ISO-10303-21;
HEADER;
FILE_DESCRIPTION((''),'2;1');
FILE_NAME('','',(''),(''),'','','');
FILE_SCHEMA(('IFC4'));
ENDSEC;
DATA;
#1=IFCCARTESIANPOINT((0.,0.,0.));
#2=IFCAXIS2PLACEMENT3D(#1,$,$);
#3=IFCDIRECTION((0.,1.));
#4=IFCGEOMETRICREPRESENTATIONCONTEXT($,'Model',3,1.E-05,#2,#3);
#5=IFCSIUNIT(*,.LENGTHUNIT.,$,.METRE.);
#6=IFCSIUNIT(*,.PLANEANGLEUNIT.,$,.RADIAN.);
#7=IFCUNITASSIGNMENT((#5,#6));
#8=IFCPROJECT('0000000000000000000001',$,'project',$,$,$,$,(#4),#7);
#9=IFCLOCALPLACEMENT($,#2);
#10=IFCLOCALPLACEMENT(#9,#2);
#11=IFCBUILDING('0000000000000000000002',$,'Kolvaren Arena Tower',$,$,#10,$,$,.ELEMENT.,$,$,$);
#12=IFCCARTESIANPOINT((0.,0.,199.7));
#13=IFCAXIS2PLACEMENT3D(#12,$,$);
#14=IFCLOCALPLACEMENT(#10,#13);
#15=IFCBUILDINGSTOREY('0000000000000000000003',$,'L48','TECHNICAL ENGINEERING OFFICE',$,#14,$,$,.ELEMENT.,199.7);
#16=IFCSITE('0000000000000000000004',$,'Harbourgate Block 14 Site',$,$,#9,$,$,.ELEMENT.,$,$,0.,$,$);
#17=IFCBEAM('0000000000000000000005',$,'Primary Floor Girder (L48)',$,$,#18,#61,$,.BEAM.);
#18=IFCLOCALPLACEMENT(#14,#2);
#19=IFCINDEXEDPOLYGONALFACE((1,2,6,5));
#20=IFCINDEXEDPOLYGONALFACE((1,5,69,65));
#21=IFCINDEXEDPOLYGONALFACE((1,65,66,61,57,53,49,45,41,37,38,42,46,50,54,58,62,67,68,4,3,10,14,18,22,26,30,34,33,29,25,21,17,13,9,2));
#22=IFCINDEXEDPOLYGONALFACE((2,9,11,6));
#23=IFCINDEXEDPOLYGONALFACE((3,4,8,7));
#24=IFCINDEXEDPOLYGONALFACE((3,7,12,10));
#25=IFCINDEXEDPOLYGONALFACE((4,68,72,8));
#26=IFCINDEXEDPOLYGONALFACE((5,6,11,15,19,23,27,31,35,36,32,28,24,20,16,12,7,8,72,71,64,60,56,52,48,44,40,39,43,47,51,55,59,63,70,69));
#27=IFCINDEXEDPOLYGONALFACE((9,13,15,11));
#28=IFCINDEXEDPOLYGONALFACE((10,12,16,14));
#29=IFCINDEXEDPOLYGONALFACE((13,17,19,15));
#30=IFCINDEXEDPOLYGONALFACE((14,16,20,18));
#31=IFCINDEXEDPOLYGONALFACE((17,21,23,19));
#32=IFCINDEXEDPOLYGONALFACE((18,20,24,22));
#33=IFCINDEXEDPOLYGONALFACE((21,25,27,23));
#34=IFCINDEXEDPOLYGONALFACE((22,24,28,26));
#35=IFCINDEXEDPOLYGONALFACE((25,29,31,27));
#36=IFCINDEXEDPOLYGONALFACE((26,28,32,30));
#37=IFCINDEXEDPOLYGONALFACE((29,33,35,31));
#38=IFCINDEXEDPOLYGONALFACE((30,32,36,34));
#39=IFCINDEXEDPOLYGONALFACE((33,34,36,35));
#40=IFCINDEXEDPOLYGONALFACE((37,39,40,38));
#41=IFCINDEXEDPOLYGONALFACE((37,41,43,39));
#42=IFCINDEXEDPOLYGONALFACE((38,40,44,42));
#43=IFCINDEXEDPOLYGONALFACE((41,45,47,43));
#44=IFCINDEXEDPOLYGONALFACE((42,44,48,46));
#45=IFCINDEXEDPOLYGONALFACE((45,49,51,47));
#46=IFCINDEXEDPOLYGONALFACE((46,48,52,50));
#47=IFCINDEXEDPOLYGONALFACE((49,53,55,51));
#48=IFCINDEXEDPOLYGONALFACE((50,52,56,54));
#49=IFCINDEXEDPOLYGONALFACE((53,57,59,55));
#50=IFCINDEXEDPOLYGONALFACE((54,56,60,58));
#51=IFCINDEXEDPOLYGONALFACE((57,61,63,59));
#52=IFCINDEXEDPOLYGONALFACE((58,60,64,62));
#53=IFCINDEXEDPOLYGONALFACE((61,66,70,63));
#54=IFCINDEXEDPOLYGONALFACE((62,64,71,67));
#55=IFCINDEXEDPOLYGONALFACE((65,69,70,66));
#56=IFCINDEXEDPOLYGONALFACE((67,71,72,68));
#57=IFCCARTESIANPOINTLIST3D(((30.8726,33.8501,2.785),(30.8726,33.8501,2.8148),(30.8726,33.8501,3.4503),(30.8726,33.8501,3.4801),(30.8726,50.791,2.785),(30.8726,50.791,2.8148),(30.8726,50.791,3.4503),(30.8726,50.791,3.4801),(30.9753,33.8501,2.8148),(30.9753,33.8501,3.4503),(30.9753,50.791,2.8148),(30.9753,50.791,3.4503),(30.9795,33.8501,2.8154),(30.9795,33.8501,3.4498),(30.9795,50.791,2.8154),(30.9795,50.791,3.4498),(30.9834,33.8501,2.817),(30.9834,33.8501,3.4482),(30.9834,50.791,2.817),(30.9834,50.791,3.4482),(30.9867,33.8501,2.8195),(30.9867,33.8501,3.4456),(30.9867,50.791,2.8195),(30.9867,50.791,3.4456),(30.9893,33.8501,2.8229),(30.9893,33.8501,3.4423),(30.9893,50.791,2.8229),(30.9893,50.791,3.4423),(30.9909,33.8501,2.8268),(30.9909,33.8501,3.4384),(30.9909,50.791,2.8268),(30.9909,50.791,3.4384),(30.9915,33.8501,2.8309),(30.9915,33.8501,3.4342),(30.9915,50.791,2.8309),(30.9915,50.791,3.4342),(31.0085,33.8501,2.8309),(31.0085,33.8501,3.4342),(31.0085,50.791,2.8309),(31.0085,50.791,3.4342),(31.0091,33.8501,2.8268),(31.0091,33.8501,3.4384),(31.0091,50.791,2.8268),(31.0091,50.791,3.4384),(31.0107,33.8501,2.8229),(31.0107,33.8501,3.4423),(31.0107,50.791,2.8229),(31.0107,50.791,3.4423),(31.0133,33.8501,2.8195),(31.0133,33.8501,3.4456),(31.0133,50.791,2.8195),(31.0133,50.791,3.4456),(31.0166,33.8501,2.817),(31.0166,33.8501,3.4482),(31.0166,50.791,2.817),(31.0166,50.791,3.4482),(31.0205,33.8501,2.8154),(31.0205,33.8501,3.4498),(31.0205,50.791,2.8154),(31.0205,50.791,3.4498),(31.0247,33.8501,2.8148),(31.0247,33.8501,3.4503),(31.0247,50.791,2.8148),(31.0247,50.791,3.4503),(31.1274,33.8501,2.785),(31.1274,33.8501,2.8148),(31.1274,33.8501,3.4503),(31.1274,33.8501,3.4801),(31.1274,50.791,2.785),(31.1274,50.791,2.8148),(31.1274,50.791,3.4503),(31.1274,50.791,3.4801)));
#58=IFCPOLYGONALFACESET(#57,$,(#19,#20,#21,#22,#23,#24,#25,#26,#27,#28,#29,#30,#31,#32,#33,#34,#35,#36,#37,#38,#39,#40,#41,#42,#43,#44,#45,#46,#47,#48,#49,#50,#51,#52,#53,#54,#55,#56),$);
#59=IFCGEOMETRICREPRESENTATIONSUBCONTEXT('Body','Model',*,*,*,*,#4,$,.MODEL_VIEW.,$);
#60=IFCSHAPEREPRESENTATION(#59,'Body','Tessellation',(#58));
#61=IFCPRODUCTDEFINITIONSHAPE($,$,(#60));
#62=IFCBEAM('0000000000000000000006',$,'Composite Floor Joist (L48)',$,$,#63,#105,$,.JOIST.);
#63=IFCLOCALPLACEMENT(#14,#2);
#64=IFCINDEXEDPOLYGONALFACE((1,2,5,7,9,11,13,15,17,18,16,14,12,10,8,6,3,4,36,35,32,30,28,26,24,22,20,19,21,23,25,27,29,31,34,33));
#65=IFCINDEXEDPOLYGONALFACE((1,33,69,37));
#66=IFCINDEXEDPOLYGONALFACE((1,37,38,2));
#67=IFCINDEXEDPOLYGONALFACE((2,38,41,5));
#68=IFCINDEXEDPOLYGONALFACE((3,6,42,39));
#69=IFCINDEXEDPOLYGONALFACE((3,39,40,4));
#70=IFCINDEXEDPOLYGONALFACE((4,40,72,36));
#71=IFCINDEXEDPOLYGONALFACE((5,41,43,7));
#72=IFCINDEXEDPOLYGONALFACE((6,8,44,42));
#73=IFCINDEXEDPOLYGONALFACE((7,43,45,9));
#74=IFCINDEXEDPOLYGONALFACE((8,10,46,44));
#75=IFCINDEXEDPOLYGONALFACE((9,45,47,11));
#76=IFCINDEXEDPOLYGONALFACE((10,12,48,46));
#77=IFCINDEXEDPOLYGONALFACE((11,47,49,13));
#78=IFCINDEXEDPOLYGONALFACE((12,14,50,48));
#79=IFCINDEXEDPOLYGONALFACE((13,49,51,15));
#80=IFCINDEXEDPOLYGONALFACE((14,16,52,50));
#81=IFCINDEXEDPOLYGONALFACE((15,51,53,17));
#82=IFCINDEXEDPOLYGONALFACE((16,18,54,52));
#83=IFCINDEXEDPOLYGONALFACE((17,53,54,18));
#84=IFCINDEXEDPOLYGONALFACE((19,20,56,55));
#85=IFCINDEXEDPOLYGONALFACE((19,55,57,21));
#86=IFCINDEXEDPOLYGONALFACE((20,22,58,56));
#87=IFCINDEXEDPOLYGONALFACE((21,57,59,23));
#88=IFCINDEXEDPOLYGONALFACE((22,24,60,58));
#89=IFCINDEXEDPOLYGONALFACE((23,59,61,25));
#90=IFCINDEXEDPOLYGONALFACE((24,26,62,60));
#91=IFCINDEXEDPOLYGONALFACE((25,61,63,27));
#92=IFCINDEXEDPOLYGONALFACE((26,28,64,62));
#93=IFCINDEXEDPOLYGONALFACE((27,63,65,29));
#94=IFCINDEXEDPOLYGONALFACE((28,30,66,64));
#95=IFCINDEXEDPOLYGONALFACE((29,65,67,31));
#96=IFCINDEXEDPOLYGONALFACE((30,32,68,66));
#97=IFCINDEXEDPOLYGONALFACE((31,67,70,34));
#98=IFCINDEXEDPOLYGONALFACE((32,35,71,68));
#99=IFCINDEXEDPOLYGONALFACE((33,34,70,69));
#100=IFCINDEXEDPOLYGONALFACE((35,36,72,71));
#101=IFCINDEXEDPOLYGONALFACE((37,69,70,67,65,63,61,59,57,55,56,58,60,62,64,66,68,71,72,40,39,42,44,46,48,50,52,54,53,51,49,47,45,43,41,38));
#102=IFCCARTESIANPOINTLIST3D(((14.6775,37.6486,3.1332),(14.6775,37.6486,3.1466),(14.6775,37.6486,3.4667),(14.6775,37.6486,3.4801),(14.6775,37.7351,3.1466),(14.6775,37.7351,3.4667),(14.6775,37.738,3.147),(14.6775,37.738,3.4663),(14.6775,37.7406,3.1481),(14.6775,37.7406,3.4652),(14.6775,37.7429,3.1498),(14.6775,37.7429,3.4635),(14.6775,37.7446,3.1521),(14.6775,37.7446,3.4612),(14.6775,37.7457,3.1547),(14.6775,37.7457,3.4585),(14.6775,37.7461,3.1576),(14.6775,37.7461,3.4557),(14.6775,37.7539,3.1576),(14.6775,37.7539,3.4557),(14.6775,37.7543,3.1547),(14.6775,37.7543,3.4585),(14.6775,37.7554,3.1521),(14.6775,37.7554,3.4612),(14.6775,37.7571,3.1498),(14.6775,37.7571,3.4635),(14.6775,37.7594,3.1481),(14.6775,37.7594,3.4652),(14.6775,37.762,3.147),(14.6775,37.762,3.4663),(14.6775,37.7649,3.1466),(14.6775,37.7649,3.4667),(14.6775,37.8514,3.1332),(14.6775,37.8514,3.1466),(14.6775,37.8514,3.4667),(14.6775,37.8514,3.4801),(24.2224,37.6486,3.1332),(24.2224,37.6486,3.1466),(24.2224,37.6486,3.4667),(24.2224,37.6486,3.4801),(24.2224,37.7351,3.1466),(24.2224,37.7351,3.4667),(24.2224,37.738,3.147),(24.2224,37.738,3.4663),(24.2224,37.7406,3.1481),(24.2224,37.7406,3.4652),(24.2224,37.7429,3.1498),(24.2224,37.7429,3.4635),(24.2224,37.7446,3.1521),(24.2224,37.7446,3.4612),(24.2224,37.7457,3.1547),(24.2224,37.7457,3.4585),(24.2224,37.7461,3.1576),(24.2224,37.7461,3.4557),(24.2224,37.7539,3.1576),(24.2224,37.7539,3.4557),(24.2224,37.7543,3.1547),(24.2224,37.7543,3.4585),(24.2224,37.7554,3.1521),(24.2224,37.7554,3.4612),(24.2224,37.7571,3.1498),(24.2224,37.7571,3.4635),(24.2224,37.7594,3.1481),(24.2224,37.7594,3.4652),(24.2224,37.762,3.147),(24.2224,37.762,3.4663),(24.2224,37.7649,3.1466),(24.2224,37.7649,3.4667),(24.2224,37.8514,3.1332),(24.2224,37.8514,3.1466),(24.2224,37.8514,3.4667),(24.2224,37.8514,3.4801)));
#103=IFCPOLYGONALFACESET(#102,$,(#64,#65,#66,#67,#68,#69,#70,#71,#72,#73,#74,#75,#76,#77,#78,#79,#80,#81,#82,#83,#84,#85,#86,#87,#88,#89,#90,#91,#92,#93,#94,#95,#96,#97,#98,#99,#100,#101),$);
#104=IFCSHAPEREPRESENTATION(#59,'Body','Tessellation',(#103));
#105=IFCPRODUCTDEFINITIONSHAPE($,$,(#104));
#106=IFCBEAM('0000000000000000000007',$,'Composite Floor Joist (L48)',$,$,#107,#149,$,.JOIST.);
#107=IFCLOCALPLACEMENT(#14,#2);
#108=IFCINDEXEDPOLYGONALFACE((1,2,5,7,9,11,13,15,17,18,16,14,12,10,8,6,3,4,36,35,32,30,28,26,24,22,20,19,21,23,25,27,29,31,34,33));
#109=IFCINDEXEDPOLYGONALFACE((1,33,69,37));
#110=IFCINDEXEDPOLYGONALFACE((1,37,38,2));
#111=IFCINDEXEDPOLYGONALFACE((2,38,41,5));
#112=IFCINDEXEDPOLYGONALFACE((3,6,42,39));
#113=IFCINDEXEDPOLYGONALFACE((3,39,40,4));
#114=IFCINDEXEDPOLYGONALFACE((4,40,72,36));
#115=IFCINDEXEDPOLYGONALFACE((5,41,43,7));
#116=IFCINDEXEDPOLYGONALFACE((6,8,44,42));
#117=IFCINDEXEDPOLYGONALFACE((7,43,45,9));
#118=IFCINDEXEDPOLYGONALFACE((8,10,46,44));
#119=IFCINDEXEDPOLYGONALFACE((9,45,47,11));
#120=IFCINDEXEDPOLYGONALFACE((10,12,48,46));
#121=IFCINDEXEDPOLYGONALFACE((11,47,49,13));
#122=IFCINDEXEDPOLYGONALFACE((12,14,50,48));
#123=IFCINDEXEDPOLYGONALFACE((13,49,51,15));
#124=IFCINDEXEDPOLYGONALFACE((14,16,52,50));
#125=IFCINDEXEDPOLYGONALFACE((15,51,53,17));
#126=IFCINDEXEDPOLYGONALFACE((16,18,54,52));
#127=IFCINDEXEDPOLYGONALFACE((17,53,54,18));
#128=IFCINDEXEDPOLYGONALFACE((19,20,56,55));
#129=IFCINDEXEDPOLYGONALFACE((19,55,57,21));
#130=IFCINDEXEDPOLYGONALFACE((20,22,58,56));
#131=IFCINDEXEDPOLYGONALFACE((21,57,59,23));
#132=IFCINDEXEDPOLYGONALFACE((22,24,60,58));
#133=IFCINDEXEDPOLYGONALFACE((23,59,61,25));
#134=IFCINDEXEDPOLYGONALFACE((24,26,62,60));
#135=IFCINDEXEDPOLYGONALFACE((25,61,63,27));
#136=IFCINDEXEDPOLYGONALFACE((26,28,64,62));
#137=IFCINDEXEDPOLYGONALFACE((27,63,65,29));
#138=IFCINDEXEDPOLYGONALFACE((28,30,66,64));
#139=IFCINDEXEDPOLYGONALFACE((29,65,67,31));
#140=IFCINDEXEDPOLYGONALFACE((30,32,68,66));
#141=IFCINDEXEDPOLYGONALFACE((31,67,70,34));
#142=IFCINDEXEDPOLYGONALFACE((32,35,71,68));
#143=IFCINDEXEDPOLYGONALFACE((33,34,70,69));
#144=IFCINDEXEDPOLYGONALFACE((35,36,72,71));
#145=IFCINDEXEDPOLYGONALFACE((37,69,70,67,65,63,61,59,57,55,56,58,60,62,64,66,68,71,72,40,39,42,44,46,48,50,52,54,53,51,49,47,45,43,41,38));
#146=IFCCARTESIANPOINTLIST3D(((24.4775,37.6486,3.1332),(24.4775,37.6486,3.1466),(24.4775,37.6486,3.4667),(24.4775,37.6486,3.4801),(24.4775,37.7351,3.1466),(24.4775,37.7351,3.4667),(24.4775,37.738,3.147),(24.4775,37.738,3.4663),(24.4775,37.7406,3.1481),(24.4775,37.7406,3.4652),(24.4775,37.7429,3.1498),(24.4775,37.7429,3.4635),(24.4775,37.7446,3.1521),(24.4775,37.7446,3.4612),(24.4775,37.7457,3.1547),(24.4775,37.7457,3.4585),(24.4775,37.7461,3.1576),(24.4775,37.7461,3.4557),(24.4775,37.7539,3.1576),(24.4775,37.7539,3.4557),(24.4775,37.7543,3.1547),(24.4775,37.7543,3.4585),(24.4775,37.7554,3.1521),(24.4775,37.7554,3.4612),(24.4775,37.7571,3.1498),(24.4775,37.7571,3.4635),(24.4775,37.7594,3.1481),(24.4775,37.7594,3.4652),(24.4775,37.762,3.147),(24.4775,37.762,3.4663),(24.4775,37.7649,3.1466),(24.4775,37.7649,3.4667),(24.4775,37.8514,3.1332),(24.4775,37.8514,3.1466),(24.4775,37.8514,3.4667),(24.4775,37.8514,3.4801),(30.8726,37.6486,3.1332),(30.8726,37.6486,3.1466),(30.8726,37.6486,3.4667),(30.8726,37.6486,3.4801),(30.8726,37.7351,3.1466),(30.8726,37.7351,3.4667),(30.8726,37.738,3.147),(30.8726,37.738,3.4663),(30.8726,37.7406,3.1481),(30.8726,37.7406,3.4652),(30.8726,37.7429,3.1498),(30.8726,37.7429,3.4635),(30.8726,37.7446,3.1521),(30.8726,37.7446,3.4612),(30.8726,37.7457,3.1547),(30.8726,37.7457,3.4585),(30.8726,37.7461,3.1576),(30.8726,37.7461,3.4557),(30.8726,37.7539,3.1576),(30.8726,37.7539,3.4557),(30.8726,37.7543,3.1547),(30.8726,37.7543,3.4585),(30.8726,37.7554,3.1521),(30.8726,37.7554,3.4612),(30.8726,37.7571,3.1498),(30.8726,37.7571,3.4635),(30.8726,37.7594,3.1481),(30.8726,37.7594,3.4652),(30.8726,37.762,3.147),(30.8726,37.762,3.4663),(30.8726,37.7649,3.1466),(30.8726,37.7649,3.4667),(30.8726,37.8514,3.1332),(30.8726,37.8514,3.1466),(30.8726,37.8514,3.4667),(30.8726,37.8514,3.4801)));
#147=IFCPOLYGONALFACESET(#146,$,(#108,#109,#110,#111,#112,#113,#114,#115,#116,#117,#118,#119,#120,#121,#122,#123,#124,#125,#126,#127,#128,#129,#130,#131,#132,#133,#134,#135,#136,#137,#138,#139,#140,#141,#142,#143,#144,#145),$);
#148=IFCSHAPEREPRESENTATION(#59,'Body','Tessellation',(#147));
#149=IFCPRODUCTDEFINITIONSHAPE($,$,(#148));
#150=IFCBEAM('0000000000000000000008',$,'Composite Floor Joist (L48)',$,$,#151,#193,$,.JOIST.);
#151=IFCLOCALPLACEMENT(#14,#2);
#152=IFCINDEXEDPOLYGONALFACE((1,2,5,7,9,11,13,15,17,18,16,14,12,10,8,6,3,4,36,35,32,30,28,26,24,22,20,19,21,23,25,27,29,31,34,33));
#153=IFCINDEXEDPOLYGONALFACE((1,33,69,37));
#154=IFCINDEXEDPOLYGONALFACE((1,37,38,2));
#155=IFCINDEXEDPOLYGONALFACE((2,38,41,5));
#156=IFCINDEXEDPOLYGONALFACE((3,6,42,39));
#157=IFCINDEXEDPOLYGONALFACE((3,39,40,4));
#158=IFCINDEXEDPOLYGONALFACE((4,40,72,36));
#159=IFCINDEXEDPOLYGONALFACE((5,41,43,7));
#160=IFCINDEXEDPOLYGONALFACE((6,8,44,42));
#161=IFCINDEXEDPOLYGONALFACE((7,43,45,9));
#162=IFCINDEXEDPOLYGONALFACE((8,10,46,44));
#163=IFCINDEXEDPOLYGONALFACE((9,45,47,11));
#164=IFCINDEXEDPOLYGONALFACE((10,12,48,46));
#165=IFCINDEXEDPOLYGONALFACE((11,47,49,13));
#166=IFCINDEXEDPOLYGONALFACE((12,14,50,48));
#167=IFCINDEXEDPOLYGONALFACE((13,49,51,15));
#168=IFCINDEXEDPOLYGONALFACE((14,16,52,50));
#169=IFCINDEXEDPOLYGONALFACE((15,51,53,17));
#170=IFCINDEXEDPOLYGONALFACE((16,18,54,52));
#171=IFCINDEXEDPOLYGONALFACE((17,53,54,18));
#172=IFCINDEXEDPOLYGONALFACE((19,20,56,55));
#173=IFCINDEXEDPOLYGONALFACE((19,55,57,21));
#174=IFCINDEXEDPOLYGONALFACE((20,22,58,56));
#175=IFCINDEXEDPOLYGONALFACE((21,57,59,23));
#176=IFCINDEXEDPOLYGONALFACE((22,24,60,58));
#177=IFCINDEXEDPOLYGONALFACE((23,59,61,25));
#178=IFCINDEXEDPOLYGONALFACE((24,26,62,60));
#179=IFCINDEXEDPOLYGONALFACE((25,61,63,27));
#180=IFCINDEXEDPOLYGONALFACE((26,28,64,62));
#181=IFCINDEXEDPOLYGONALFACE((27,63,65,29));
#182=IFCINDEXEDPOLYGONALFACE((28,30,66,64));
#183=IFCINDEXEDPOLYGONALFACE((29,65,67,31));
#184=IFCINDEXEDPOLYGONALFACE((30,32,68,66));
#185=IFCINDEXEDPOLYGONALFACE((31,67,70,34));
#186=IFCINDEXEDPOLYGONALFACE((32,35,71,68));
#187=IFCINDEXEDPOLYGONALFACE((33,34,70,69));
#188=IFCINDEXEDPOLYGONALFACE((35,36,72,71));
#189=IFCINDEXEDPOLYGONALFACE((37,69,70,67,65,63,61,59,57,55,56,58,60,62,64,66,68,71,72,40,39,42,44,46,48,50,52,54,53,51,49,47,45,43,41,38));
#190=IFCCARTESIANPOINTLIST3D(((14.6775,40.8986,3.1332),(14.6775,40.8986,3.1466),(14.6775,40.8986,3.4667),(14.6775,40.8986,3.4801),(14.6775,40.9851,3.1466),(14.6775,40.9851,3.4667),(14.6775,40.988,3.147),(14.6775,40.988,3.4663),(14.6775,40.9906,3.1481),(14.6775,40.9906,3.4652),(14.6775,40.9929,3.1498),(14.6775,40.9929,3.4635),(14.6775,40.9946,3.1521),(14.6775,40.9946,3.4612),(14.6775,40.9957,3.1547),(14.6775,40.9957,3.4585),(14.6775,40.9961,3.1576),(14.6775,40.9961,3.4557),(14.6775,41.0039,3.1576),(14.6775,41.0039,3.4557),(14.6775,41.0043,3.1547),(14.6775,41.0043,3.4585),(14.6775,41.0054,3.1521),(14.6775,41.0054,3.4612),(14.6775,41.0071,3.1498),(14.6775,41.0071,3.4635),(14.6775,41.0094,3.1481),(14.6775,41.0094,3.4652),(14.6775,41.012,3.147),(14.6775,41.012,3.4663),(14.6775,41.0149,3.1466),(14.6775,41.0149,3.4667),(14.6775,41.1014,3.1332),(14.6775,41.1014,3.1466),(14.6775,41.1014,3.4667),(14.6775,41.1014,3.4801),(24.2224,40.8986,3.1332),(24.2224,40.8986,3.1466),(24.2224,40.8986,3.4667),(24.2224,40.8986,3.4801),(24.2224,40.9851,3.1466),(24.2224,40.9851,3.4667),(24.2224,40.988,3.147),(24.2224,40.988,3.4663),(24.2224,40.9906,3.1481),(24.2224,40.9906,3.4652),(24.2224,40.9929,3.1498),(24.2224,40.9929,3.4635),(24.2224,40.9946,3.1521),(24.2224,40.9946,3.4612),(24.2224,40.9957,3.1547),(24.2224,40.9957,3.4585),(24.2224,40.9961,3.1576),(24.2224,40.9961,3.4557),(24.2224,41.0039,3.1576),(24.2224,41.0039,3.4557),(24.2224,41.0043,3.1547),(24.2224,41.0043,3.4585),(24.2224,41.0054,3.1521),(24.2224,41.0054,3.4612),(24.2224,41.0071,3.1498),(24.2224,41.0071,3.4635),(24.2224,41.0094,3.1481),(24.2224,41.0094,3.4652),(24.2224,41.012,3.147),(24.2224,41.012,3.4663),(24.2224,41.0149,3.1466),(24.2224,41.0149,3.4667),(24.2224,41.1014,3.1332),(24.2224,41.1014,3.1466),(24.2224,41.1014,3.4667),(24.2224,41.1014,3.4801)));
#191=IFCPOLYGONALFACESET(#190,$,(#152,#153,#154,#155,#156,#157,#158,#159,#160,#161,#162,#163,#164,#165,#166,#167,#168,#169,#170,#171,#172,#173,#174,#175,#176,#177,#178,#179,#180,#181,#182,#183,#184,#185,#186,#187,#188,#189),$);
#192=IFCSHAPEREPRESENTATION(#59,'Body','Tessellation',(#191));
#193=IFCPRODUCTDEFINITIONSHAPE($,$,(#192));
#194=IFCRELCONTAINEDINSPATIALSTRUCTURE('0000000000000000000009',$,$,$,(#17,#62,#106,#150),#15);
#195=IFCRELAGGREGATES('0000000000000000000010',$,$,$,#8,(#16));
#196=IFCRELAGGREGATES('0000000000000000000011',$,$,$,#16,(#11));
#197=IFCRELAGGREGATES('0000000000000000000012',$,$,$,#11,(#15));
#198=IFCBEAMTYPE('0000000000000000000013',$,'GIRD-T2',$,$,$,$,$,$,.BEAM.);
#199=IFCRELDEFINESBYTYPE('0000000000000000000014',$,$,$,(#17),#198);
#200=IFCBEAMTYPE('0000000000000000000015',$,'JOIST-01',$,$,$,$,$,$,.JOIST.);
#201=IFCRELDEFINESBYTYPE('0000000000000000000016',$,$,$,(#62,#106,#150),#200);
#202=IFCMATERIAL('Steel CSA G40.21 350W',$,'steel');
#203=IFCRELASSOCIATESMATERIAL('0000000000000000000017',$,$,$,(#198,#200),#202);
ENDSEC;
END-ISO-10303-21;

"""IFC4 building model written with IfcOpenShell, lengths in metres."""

from ifc_helpers import new_model, si_unit, direction, frame, origin, origin_2d, place, context, subcontext, project, spatial, i_section, extrude, material, material_profile, profile_set, type_object, element, save


model = new_model("IFC4")

# Units and contexts
model_context = context("Model", 3, precision=1e-05, world=origin(), true_north=direction((0.0, 1.0)))
body_context = subcontext(model_context, "Body", "Model", "MODEL_VIEW")
ifc_project = project(units=[si_unit("LENGTHUNIT", "METRE"), si_unit("PLANEANGLEUNIT", "RADIAN")], contexts=[model_context])

# Site, building, storey
site_placement = place(None, origin())
site = spatial("IfcSite", under=ifc_project, at=site_placement, Name="Harbourgate Block 14 Site", CompositionType="ELEMENT", RefElevation=0.0)
building_placement = place(site_placement, origin())
building = spatial("IfcBuilding", under=site, at=building_placement, Name="Kolvaren Arena Tower", CompositionType="ELEMENT")
storey_placement = place(building_placement, frame((0.0, 0.0, 199.7)))
storey = spatial("IfcBuildingStorey", under=building, at=storey_placement, Name="L48", Description="TECHNICAL ENGINEERING OFFICE", CompositionType="ELEMENT", Elevation=199.7)

# Beams
ifc_material_1 = material(Name="Steel CSA G40.21 350W", Category="steel")
ifc_material_profile_1 = material_profile(ifc_material_1, i_section(OverallWidth=0.2549, OverallDepth=0.6951, WebThickness=0.0171, FlangeThickness=0.0298, FilletRadius=0.0161, at=origin_2d()), Name="W690x217")
ifc_profile_set_1 = profile_set([ifc_material_profile_1], Name="Steel CSA G40.21 350W")
beam_type_1 = type_object("IfcBeamType", Name="GIRD-T2", PredefinedType="BEAM", material=ifc_profile_set_1)
beam_1_placement = place(storey_placement, frame((31.0, 33.8501, 3.1326), z_axis=(0.0, 1.0, 0.0), x_axis=(-1.0, 0.0, 0.0)))
element("IfcBeam", 1, at=beam_1_placement, inside=storey, type_object=beam_type_1, Name="Primary Floor Girder (L48)", PredefinedType="BEAM", context=body_context, shape_type="SweptSolid", body=[
    extrude(i_section(OverallWidth=0.2549, OverallDepth=0.6951, WebThickness=0.0171, FlangeThickness=0.0298, FilletRadius=0.0161, at=origin_2d()), origin(), (0.0, 0.0, 1.0), 16.9409),
])
ifc_material_profile_2 = material_profile(ifc_material_1, i_section(OverallWidth=0.2029, OverallDepth=0.3469, WebThickness=0.0078, FlangeThickness=0.0134, FilletRadius=0.011, at=origin_2d()), Name="W360x64")
ifc_profile_set_2 = profile_set([ifc_material_profile_2], Name="Steel CSA G40.21 350W")
beam_type_2 = type_object("IfcBeamType", Name="JOIST-01", PredefinedType="JOIST", material=ifc_profile_set_2)
beam_2_placement = place(storey_placement, frame((14.6775, 37.75, 3.3066), z_axis=(1.0, 0.0, 0.0), x_axis=(0.0, 1.0, 0.0)))
element("IfcBeam", 2, at=beam_2_placement, inside=storey, type_object=beam_type_2, Name="Composite Floor Joist (L48)", PredefinedType="JOIST", context=body_context, shape_type="SweptSolid", body=[
    extrude(i_section(OverallWidth=0.2029, OverallDepth=0.3469, WebThickness=0.0078, FlangeThickness=0.0134, FilletRadius=0.011, at=origin_2d()), origin(), (0.0, 0.0, 1.0), 9.5449),
])
beam_3_placement = place(storey_placement, frame((24.4775, 37.75, 3.3066), z_axis=(1.0, 0.0, 0.0), x_axis=(0.0, 1.0, 0.0)))
element("IfcBeam", 3, at=beam_3_placement, inside=storey, type_object=beam_type_2, Name="Composite Floor Joist (L48)", PredefinedType="JOIST", context=body_context, shape_type="SweptSolid", body=[
    extrude(i_section(OverallWidth=0.2029, OverallDepth=0.3469, WebThickness=0.0078, FlangeThickness=0.0134, FilletRadius=0.011, at=origin_2d()), origin(), (0.0, 0.0, 1.0), 6.395),
])
beam_4_placement = place(storey_placement, frame((14.6775, 41.0, 3.3066), z_axis=(1.0, 0.0, 0.0), x_axis=(0.0, 1.0, 0.0)))
element("IfcBeam", 4, at=beam_4_placement, inside=storey, type_object=beam_type_2, Name="Composite Floor Joist (L48)", PredefinedType="JOIST", context=body_context, shape_type="SweptSolid", body=[
    extrude(i_section(OverallWidth=0.2029, OverallDepth=0.3469, WebThickness=0.0078, FlangeThickness=0.0134, FilletRadius=0.011, at=origin_2d()), origin(), (0.0, 0.0, 1.0), 9.5449),
])

save(model, "model.ifc")
